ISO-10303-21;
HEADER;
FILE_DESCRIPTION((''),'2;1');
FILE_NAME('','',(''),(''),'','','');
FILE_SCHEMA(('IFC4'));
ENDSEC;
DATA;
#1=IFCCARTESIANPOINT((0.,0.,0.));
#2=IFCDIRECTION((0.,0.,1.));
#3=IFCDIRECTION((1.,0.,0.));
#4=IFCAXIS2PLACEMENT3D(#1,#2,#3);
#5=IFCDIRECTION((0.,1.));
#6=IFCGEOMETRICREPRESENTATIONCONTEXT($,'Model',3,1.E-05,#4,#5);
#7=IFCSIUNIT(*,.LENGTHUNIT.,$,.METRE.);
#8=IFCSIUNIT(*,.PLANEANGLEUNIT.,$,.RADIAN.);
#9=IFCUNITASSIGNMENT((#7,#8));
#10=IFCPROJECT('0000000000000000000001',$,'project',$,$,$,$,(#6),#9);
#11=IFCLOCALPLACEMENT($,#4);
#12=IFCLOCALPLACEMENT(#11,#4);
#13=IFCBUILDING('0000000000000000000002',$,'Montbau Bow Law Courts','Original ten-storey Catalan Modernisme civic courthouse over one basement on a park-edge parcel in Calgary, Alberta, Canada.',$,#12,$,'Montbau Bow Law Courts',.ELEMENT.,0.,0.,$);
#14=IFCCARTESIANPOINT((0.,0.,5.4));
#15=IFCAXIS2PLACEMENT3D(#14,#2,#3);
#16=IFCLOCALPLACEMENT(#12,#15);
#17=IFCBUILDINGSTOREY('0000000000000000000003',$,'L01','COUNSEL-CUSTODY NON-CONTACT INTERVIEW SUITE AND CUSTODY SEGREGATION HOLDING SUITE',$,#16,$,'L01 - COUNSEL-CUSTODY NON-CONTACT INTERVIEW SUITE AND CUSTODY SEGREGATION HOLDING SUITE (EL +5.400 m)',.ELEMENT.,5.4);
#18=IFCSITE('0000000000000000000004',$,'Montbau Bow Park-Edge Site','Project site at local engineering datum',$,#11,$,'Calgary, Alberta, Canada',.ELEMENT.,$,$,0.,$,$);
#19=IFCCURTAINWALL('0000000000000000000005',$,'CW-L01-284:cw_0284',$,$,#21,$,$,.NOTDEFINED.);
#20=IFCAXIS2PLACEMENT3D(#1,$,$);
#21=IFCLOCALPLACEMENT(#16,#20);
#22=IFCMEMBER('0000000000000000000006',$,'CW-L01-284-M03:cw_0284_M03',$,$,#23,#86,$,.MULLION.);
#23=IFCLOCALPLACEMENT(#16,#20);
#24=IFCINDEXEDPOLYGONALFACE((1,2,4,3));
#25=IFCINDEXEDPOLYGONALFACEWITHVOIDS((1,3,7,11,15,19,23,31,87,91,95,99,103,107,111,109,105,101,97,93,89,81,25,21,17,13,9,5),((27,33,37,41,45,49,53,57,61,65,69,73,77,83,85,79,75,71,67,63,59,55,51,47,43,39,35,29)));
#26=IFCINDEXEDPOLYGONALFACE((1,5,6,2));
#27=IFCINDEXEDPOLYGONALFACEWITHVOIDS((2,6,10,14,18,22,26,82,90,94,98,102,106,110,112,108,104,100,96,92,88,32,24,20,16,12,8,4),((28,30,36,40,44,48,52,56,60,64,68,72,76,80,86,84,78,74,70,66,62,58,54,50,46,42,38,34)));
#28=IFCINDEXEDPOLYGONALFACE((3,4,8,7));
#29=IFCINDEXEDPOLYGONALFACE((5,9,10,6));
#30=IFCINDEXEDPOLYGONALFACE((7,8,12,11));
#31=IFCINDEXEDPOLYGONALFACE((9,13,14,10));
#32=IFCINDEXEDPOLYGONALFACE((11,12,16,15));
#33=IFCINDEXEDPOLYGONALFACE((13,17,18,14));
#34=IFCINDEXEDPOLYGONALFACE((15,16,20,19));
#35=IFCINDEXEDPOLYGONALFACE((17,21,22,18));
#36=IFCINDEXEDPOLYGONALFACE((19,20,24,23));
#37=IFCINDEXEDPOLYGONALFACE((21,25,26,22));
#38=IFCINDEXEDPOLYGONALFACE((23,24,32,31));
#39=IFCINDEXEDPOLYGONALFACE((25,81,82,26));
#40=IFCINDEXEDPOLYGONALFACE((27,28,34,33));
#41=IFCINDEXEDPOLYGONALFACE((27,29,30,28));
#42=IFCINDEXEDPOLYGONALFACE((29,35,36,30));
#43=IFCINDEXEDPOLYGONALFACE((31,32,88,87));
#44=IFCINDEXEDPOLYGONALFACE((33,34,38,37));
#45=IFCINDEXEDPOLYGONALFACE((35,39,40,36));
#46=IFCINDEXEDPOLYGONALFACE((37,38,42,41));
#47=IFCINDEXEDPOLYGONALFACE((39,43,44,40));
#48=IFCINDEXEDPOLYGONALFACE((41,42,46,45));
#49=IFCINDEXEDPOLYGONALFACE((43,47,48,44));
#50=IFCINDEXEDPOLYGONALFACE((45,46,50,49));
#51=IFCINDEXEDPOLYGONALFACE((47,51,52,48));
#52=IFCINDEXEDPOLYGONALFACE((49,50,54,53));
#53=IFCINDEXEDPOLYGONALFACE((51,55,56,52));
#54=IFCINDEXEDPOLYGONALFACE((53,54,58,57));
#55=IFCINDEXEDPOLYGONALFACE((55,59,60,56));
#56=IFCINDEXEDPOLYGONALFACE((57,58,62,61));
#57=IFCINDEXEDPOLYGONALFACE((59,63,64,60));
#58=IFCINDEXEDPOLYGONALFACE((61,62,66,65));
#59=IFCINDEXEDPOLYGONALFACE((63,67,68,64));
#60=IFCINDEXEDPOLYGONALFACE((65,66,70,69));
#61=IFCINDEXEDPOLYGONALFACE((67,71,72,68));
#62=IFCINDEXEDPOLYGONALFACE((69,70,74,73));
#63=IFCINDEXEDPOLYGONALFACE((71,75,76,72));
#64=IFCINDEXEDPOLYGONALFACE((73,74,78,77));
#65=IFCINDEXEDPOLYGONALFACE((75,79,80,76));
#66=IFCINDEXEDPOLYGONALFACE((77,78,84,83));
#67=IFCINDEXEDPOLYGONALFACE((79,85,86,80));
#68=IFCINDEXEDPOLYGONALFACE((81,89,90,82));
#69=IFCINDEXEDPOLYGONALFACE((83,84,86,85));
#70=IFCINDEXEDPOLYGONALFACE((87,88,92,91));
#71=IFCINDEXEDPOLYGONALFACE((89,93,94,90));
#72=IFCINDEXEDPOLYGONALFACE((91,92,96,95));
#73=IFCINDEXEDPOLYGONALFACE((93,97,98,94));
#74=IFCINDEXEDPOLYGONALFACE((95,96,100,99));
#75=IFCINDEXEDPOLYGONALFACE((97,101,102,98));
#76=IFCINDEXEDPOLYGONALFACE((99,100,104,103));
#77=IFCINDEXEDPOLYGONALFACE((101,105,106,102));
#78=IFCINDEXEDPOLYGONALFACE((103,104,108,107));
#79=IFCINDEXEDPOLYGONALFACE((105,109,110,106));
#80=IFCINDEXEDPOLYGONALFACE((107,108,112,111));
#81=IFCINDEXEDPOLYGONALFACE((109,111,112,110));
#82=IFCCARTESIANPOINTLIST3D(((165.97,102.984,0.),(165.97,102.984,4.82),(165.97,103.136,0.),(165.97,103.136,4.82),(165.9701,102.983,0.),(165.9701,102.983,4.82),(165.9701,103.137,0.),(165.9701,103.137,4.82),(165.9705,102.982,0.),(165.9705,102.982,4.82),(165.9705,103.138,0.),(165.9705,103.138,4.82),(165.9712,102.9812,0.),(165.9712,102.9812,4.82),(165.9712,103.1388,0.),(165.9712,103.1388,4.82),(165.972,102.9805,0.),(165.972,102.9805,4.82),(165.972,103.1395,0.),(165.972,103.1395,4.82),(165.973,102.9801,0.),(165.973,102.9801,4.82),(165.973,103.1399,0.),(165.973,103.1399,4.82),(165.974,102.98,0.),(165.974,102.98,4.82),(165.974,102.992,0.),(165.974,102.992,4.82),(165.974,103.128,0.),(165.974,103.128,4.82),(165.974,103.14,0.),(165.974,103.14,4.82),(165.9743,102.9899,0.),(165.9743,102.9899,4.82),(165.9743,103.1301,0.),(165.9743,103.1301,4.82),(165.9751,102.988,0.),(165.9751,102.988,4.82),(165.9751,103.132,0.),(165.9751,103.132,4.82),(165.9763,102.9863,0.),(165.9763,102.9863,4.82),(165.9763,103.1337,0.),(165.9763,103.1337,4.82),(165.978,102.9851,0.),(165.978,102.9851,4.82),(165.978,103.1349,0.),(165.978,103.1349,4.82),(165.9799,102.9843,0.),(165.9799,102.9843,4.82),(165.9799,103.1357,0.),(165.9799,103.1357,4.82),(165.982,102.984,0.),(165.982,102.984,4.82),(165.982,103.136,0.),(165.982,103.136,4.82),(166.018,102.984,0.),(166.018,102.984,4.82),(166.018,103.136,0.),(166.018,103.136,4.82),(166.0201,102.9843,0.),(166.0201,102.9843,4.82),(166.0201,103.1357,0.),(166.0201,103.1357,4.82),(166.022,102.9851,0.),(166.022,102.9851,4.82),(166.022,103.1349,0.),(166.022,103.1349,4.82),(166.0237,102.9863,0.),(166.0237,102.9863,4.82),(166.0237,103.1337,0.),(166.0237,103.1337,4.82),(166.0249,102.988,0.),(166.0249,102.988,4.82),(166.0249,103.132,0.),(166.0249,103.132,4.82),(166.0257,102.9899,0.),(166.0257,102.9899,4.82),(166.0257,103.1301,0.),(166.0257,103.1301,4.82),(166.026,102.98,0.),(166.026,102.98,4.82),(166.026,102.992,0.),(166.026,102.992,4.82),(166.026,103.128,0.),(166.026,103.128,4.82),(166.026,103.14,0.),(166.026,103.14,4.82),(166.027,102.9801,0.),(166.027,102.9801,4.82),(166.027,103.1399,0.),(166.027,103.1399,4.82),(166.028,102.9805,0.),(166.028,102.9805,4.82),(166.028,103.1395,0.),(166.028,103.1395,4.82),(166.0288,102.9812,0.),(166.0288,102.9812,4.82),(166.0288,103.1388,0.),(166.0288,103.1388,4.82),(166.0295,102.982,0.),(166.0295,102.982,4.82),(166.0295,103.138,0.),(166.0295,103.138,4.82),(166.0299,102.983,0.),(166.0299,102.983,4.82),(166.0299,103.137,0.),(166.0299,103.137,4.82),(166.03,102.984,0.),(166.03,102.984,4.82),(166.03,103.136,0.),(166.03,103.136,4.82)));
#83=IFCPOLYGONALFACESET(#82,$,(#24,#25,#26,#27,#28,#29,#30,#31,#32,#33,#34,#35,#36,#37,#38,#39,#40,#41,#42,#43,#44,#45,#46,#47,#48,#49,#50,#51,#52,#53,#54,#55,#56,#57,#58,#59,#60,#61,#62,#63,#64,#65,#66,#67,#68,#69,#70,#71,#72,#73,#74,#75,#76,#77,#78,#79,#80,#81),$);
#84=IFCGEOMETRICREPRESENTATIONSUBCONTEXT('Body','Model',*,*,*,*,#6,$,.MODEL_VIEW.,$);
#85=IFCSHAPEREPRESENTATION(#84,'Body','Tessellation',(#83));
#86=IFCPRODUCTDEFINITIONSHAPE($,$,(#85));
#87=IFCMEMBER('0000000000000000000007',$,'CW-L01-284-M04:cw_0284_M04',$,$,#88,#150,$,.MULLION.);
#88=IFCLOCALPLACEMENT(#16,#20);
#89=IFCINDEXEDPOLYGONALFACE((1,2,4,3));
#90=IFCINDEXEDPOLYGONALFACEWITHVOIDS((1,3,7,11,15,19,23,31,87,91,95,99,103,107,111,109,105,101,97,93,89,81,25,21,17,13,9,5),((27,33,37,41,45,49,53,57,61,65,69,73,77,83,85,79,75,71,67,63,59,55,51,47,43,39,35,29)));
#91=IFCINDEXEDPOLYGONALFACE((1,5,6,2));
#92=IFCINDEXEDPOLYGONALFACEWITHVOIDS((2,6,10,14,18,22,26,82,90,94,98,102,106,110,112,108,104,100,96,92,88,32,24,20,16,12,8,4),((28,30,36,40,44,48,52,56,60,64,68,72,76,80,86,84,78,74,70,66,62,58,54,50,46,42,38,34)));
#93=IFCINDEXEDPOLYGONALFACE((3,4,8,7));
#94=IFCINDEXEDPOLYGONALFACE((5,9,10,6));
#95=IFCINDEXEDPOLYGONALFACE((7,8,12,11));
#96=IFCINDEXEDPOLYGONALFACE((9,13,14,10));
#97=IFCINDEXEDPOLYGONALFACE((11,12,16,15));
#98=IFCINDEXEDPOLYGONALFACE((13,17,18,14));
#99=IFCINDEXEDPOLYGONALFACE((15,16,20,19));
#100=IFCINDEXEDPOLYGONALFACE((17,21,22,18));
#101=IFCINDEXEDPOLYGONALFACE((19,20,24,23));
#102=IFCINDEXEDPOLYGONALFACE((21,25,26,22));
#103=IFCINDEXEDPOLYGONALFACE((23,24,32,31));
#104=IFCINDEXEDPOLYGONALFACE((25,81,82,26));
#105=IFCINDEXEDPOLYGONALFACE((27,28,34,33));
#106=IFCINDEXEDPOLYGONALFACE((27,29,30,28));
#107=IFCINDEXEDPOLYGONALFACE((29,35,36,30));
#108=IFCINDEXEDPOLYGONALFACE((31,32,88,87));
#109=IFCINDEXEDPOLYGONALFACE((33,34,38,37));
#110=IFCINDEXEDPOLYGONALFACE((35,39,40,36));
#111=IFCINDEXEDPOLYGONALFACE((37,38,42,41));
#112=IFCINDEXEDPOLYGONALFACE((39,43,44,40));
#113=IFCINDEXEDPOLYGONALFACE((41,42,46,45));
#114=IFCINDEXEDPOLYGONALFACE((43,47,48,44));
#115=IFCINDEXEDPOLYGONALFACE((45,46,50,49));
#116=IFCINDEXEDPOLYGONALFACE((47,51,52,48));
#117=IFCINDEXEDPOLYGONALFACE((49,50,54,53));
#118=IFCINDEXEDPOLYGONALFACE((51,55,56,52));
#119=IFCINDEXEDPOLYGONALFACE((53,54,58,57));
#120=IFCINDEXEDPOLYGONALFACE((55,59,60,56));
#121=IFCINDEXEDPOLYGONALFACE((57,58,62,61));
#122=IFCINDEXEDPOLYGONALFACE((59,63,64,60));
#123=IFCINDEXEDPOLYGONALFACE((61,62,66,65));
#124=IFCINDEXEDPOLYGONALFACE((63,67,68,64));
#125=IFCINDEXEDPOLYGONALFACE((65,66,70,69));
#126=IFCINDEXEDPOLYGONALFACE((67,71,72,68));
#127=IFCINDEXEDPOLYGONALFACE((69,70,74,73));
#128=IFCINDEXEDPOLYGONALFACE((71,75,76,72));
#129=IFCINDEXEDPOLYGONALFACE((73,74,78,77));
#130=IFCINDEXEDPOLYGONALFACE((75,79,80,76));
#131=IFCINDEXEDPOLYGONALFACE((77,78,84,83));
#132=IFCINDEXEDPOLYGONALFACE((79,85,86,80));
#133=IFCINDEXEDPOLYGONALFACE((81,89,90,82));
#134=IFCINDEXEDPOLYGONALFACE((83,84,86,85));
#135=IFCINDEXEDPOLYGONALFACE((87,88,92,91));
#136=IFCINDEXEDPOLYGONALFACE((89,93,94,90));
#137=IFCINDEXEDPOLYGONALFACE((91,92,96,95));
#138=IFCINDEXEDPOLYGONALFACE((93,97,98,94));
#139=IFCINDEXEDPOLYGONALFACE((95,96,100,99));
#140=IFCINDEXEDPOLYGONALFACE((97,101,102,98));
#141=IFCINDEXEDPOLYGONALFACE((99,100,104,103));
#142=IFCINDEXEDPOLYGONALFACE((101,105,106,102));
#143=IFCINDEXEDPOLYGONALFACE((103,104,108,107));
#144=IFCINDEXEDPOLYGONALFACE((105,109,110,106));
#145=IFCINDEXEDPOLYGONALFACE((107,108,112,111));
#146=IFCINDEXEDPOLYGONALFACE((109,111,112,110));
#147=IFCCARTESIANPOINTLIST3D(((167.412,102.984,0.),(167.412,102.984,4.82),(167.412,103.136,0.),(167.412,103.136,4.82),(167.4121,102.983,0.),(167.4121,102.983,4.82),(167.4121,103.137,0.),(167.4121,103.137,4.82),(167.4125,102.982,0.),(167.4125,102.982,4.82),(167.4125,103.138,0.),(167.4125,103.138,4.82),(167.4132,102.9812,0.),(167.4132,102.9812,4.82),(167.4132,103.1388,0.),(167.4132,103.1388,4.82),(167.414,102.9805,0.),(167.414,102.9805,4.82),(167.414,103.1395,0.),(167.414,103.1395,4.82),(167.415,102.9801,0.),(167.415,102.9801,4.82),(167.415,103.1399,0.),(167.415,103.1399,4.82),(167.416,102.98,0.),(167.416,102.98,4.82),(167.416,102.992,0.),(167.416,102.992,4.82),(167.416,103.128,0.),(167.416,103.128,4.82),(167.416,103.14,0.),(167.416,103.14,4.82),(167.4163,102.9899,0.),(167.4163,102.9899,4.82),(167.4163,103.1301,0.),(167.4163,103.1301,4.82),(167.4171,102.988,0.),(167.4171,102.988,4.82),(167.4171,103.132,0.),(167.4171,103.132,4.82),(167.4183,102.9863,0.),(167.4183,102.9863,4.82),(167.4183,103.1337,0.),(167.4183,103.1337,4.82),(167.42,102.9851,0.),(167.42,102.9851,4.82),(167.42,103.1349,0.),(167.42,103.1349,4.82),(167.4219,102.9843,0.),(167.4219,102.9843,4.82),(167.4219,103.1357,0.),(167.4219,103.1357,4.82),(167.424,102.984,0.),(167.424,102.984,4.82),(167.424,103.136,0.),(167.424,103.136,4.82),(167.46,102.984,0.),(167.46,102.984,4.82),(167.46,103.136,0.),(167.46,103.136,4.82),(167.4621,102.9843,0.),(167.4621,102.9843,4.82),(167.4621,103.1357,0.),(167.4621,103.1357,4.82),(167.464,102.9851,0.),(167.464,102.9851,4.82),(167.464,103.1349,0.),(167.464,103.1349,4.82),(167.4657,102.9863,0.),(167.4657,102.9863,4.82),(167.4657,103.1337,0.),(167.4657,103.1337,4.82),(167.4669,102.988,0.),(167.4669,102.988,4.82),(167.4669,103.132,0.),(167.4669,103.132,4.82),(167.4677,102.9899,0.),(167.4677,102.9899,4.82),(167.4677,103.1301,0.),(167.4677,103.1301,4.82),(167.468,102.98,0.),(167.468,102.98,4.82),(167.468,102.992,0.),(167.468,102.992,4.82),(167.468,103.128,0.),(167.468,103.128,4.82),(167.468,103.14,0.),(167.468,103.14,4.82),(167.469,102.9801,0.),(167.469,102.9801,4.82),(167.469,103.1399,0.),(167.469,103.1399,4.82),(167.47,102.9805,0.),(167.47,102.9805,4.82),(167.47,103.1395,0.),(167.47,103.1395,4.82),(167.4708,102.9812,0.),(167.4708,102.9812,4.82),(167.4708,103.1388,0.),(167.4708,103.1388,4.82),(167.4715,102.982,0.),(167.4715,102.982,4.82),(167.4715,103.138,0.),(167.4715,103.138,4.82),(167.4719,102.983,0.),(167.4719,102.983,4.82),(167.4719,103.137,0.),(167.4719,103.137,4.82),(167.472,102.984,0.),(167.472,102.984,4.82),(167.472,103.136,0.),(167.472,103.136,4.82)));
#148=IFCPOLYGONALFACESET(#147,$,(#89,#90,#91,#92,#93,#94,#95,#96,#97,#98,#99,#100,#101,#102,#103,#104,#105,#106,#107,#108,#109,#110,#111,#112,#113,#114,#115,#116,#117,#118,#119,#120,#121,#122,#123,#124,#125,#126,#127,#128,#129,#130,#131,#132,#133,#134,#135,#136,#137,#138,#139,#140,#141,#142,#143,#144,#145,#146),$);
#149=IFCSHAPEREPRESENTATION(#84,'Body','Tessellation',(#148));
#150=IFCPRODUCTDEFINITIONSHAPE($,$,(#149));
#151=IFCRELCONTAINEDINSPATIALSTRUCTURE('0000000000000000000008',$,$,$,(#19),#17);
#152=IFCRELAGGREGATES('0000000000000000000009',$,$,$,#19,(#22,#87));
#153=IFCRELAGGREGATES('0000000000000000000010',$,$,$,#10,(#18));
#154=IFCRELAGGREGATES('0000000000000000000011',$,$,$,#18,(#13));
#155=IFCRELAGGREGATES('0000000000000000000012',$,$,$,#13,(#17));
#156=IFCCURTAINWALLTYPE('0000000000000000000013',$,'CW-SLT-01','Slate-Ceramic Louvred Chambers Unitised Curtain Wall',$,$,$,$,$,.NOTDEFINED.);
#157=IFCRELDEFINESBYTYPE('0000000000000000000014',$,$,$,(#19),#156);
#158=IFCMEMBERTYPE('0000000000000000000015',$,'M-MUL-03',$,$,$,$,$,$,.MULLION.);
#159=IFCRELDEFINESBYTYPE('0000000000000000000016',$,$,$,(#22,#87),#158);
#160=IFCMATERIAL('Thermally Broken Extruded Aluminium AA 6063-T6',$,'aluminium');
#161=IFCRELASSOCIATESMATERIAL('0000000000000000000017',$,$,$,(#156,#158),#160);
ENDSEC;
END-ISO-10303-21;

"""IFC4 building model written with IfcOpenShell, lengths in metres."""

from ifc_helpers import new_model, si_unit, direction, frame, origin_with_axes, origin_2d_with_axis, place, context, subcontext, project, spatial, hollow_rectangle, extrude, material, material_profile, profile_set, type_object, element, aggregate, save


model = new_model("IFC4")

# Units and contexts
model_context = context("Model", 3, precision=1e-05, world=origin_with_axes(), true_north=direction((0.0, 1.0)))
body_context = subcontext(model_context, "Body", "Model", "MODEL_VIEW")
ifc_project = project(units=[si_unit("LENGTHUNIT", "METRE"), si_unit("PLANEANGLEUNIT", "RADIAN")], contexts=[model_context])

# Site, building, storey
site_placement = place(None, origin_with_axes())
site = spatial("IfcSite", under=ifc_project, at=site_placement, Name="Montbau Bow Park-Edge Site", Description="Project site at local engineering datum", LongName="Calgary, Alberta, Canada", CompositionType="ELEMENT", RefElevation=0.0)
building_placement = place(site_placement, origin_with_axes())
building = spatial("IfcBuilding", under=site, at=building_placement, Name="Montbau Bow Law Courts", Description="Original ten-storey Catalan Modernisme civic courthouse over one basement on a park-edge parcel in Calgary, Alberta, Canada.", LongName="Montbau Bow Law Courts", CompositionType="ELEMENT", ElevationOfRefHeight=0.0, ElevationOfTerrain=0.0)
storey_placement = place(building_placement, frame((0.0, 0.0, 5.4), z_axis=(0.0, 0.0, 1.0), x_axis=(1.0, 0.0, 0.0)))
storey = spatial("IfcBuildingStorey", under=building, at=storey_placement, Name="L01", Description="COUNSEL-CUSTODY NON-CONTACT INTERVIEW SUITE AND CUSTODY SEGREGATION HOLDING SUITE", LongName="L01 - COUNSEL-CUSTODY NON-CONTACT INTERVIEW SUITE AND CUSTODY SEGREGATION HOLDING SUITE (EL +5.400 m)", CompositionType="ELEMENT", Elevation=5.4)

# Shared definitions
ifc_material_1 = material(Name="Thermally Broken Extruded Aluminium AA 6063-T6", Category="aluminium")
curtain_wall_type = type_object("IfcCurtainWallType", Name="CW-SLT-01", Description="Slate-Ceramic Louvred Chambers Unitised Curtain Wall", PredefinedType="NOTDEFINED", material=ifc_material_1)

# Curtain wall, members
curtain_wall_1_placement = place(None, frame((163.115, 103.06, 5.4), z_axis=(0.0, 0.0, 1.0), x_axis=(1.0, 0.0, 0.0)))
curtain_wall_1 = element("IfcCurtainWall", 1, at=curtain_wall_1_placement, inside=storey, type_object=curtain_wall_type, Name="CW-L01-284:cw_0284", PredefinedType="NOTDEFINED")
ifc_material_profile_1 = material_profile(ifc_material_1, hollow_rectangle(XDim=0.06, YDim=0.16, WallThickness=0.004, InnerFilletRadius=0.008, OuterFilletRadius=0.004, at=origin_2d_with_axis()), Name="CWM-160X60", Category="Main", Priority=0)
ifc_profile_set_1 = profile_set([ifc_material_profile_1], Name="Thermally Broken Extruded Aluminium AA 6063-T6")
member_type_1 = type_object("IfcMemberType", Name="M-MUL-03", PredefinedType="MULLION", material=ifc_profile_set_1)
member_1_placement = place(None, frame((166.0, 103.06, 5.4), z_axis=(0.0, 0.0, 1.0), x_axis=(1.0, 0.0, 0.0)))
member_1 = element("IfcMember", 2, at=member_1_placement, type_object=member_type_1, Name="CW-L01-284-M03:cw_0284_M03", PredefinedType="MULLION", context=body_context, shape_type="SweptSolid", body=[
    extrude(hollow_rectangle(XDim=0.06, YDim=0.16, WallThickness=0.004, InnerFilletRadius=0.008, OuterFilletRadius=0.004, at=origin_2d_with_axis()), origin_with_axes(), (0.0, 0.0, 1.0), 4.82),
])
member_2_placement = place(None, frame((167.442, 103.06, 5.4), z_axis=(0.0, 0.0, 1.0), x_axis=(1.0, 0.0, 0.0)))
member_2 = element("IfcMember", 3, at=member_2_placement, type_object=member_type_1, Name="CW-L01-284-M04:cw_0284_M04", PredefinedType="MULLION", context=body_context, shape_type="SweptSolid", body=[
    extrude(hollow_rectangle(XDim=0.06, YDim=0.16, WallThickness=0.004, InnerFilletRadius=0.008, OuterFilletRadius=0.004, at=origin_2d_with_axis()), origin_with_axes(), (0.0, 0.0, 1.0), 4.82),
])

aggregate(curtain_wall_1, [member_1, member_2])

save(model, "model.ifc")
